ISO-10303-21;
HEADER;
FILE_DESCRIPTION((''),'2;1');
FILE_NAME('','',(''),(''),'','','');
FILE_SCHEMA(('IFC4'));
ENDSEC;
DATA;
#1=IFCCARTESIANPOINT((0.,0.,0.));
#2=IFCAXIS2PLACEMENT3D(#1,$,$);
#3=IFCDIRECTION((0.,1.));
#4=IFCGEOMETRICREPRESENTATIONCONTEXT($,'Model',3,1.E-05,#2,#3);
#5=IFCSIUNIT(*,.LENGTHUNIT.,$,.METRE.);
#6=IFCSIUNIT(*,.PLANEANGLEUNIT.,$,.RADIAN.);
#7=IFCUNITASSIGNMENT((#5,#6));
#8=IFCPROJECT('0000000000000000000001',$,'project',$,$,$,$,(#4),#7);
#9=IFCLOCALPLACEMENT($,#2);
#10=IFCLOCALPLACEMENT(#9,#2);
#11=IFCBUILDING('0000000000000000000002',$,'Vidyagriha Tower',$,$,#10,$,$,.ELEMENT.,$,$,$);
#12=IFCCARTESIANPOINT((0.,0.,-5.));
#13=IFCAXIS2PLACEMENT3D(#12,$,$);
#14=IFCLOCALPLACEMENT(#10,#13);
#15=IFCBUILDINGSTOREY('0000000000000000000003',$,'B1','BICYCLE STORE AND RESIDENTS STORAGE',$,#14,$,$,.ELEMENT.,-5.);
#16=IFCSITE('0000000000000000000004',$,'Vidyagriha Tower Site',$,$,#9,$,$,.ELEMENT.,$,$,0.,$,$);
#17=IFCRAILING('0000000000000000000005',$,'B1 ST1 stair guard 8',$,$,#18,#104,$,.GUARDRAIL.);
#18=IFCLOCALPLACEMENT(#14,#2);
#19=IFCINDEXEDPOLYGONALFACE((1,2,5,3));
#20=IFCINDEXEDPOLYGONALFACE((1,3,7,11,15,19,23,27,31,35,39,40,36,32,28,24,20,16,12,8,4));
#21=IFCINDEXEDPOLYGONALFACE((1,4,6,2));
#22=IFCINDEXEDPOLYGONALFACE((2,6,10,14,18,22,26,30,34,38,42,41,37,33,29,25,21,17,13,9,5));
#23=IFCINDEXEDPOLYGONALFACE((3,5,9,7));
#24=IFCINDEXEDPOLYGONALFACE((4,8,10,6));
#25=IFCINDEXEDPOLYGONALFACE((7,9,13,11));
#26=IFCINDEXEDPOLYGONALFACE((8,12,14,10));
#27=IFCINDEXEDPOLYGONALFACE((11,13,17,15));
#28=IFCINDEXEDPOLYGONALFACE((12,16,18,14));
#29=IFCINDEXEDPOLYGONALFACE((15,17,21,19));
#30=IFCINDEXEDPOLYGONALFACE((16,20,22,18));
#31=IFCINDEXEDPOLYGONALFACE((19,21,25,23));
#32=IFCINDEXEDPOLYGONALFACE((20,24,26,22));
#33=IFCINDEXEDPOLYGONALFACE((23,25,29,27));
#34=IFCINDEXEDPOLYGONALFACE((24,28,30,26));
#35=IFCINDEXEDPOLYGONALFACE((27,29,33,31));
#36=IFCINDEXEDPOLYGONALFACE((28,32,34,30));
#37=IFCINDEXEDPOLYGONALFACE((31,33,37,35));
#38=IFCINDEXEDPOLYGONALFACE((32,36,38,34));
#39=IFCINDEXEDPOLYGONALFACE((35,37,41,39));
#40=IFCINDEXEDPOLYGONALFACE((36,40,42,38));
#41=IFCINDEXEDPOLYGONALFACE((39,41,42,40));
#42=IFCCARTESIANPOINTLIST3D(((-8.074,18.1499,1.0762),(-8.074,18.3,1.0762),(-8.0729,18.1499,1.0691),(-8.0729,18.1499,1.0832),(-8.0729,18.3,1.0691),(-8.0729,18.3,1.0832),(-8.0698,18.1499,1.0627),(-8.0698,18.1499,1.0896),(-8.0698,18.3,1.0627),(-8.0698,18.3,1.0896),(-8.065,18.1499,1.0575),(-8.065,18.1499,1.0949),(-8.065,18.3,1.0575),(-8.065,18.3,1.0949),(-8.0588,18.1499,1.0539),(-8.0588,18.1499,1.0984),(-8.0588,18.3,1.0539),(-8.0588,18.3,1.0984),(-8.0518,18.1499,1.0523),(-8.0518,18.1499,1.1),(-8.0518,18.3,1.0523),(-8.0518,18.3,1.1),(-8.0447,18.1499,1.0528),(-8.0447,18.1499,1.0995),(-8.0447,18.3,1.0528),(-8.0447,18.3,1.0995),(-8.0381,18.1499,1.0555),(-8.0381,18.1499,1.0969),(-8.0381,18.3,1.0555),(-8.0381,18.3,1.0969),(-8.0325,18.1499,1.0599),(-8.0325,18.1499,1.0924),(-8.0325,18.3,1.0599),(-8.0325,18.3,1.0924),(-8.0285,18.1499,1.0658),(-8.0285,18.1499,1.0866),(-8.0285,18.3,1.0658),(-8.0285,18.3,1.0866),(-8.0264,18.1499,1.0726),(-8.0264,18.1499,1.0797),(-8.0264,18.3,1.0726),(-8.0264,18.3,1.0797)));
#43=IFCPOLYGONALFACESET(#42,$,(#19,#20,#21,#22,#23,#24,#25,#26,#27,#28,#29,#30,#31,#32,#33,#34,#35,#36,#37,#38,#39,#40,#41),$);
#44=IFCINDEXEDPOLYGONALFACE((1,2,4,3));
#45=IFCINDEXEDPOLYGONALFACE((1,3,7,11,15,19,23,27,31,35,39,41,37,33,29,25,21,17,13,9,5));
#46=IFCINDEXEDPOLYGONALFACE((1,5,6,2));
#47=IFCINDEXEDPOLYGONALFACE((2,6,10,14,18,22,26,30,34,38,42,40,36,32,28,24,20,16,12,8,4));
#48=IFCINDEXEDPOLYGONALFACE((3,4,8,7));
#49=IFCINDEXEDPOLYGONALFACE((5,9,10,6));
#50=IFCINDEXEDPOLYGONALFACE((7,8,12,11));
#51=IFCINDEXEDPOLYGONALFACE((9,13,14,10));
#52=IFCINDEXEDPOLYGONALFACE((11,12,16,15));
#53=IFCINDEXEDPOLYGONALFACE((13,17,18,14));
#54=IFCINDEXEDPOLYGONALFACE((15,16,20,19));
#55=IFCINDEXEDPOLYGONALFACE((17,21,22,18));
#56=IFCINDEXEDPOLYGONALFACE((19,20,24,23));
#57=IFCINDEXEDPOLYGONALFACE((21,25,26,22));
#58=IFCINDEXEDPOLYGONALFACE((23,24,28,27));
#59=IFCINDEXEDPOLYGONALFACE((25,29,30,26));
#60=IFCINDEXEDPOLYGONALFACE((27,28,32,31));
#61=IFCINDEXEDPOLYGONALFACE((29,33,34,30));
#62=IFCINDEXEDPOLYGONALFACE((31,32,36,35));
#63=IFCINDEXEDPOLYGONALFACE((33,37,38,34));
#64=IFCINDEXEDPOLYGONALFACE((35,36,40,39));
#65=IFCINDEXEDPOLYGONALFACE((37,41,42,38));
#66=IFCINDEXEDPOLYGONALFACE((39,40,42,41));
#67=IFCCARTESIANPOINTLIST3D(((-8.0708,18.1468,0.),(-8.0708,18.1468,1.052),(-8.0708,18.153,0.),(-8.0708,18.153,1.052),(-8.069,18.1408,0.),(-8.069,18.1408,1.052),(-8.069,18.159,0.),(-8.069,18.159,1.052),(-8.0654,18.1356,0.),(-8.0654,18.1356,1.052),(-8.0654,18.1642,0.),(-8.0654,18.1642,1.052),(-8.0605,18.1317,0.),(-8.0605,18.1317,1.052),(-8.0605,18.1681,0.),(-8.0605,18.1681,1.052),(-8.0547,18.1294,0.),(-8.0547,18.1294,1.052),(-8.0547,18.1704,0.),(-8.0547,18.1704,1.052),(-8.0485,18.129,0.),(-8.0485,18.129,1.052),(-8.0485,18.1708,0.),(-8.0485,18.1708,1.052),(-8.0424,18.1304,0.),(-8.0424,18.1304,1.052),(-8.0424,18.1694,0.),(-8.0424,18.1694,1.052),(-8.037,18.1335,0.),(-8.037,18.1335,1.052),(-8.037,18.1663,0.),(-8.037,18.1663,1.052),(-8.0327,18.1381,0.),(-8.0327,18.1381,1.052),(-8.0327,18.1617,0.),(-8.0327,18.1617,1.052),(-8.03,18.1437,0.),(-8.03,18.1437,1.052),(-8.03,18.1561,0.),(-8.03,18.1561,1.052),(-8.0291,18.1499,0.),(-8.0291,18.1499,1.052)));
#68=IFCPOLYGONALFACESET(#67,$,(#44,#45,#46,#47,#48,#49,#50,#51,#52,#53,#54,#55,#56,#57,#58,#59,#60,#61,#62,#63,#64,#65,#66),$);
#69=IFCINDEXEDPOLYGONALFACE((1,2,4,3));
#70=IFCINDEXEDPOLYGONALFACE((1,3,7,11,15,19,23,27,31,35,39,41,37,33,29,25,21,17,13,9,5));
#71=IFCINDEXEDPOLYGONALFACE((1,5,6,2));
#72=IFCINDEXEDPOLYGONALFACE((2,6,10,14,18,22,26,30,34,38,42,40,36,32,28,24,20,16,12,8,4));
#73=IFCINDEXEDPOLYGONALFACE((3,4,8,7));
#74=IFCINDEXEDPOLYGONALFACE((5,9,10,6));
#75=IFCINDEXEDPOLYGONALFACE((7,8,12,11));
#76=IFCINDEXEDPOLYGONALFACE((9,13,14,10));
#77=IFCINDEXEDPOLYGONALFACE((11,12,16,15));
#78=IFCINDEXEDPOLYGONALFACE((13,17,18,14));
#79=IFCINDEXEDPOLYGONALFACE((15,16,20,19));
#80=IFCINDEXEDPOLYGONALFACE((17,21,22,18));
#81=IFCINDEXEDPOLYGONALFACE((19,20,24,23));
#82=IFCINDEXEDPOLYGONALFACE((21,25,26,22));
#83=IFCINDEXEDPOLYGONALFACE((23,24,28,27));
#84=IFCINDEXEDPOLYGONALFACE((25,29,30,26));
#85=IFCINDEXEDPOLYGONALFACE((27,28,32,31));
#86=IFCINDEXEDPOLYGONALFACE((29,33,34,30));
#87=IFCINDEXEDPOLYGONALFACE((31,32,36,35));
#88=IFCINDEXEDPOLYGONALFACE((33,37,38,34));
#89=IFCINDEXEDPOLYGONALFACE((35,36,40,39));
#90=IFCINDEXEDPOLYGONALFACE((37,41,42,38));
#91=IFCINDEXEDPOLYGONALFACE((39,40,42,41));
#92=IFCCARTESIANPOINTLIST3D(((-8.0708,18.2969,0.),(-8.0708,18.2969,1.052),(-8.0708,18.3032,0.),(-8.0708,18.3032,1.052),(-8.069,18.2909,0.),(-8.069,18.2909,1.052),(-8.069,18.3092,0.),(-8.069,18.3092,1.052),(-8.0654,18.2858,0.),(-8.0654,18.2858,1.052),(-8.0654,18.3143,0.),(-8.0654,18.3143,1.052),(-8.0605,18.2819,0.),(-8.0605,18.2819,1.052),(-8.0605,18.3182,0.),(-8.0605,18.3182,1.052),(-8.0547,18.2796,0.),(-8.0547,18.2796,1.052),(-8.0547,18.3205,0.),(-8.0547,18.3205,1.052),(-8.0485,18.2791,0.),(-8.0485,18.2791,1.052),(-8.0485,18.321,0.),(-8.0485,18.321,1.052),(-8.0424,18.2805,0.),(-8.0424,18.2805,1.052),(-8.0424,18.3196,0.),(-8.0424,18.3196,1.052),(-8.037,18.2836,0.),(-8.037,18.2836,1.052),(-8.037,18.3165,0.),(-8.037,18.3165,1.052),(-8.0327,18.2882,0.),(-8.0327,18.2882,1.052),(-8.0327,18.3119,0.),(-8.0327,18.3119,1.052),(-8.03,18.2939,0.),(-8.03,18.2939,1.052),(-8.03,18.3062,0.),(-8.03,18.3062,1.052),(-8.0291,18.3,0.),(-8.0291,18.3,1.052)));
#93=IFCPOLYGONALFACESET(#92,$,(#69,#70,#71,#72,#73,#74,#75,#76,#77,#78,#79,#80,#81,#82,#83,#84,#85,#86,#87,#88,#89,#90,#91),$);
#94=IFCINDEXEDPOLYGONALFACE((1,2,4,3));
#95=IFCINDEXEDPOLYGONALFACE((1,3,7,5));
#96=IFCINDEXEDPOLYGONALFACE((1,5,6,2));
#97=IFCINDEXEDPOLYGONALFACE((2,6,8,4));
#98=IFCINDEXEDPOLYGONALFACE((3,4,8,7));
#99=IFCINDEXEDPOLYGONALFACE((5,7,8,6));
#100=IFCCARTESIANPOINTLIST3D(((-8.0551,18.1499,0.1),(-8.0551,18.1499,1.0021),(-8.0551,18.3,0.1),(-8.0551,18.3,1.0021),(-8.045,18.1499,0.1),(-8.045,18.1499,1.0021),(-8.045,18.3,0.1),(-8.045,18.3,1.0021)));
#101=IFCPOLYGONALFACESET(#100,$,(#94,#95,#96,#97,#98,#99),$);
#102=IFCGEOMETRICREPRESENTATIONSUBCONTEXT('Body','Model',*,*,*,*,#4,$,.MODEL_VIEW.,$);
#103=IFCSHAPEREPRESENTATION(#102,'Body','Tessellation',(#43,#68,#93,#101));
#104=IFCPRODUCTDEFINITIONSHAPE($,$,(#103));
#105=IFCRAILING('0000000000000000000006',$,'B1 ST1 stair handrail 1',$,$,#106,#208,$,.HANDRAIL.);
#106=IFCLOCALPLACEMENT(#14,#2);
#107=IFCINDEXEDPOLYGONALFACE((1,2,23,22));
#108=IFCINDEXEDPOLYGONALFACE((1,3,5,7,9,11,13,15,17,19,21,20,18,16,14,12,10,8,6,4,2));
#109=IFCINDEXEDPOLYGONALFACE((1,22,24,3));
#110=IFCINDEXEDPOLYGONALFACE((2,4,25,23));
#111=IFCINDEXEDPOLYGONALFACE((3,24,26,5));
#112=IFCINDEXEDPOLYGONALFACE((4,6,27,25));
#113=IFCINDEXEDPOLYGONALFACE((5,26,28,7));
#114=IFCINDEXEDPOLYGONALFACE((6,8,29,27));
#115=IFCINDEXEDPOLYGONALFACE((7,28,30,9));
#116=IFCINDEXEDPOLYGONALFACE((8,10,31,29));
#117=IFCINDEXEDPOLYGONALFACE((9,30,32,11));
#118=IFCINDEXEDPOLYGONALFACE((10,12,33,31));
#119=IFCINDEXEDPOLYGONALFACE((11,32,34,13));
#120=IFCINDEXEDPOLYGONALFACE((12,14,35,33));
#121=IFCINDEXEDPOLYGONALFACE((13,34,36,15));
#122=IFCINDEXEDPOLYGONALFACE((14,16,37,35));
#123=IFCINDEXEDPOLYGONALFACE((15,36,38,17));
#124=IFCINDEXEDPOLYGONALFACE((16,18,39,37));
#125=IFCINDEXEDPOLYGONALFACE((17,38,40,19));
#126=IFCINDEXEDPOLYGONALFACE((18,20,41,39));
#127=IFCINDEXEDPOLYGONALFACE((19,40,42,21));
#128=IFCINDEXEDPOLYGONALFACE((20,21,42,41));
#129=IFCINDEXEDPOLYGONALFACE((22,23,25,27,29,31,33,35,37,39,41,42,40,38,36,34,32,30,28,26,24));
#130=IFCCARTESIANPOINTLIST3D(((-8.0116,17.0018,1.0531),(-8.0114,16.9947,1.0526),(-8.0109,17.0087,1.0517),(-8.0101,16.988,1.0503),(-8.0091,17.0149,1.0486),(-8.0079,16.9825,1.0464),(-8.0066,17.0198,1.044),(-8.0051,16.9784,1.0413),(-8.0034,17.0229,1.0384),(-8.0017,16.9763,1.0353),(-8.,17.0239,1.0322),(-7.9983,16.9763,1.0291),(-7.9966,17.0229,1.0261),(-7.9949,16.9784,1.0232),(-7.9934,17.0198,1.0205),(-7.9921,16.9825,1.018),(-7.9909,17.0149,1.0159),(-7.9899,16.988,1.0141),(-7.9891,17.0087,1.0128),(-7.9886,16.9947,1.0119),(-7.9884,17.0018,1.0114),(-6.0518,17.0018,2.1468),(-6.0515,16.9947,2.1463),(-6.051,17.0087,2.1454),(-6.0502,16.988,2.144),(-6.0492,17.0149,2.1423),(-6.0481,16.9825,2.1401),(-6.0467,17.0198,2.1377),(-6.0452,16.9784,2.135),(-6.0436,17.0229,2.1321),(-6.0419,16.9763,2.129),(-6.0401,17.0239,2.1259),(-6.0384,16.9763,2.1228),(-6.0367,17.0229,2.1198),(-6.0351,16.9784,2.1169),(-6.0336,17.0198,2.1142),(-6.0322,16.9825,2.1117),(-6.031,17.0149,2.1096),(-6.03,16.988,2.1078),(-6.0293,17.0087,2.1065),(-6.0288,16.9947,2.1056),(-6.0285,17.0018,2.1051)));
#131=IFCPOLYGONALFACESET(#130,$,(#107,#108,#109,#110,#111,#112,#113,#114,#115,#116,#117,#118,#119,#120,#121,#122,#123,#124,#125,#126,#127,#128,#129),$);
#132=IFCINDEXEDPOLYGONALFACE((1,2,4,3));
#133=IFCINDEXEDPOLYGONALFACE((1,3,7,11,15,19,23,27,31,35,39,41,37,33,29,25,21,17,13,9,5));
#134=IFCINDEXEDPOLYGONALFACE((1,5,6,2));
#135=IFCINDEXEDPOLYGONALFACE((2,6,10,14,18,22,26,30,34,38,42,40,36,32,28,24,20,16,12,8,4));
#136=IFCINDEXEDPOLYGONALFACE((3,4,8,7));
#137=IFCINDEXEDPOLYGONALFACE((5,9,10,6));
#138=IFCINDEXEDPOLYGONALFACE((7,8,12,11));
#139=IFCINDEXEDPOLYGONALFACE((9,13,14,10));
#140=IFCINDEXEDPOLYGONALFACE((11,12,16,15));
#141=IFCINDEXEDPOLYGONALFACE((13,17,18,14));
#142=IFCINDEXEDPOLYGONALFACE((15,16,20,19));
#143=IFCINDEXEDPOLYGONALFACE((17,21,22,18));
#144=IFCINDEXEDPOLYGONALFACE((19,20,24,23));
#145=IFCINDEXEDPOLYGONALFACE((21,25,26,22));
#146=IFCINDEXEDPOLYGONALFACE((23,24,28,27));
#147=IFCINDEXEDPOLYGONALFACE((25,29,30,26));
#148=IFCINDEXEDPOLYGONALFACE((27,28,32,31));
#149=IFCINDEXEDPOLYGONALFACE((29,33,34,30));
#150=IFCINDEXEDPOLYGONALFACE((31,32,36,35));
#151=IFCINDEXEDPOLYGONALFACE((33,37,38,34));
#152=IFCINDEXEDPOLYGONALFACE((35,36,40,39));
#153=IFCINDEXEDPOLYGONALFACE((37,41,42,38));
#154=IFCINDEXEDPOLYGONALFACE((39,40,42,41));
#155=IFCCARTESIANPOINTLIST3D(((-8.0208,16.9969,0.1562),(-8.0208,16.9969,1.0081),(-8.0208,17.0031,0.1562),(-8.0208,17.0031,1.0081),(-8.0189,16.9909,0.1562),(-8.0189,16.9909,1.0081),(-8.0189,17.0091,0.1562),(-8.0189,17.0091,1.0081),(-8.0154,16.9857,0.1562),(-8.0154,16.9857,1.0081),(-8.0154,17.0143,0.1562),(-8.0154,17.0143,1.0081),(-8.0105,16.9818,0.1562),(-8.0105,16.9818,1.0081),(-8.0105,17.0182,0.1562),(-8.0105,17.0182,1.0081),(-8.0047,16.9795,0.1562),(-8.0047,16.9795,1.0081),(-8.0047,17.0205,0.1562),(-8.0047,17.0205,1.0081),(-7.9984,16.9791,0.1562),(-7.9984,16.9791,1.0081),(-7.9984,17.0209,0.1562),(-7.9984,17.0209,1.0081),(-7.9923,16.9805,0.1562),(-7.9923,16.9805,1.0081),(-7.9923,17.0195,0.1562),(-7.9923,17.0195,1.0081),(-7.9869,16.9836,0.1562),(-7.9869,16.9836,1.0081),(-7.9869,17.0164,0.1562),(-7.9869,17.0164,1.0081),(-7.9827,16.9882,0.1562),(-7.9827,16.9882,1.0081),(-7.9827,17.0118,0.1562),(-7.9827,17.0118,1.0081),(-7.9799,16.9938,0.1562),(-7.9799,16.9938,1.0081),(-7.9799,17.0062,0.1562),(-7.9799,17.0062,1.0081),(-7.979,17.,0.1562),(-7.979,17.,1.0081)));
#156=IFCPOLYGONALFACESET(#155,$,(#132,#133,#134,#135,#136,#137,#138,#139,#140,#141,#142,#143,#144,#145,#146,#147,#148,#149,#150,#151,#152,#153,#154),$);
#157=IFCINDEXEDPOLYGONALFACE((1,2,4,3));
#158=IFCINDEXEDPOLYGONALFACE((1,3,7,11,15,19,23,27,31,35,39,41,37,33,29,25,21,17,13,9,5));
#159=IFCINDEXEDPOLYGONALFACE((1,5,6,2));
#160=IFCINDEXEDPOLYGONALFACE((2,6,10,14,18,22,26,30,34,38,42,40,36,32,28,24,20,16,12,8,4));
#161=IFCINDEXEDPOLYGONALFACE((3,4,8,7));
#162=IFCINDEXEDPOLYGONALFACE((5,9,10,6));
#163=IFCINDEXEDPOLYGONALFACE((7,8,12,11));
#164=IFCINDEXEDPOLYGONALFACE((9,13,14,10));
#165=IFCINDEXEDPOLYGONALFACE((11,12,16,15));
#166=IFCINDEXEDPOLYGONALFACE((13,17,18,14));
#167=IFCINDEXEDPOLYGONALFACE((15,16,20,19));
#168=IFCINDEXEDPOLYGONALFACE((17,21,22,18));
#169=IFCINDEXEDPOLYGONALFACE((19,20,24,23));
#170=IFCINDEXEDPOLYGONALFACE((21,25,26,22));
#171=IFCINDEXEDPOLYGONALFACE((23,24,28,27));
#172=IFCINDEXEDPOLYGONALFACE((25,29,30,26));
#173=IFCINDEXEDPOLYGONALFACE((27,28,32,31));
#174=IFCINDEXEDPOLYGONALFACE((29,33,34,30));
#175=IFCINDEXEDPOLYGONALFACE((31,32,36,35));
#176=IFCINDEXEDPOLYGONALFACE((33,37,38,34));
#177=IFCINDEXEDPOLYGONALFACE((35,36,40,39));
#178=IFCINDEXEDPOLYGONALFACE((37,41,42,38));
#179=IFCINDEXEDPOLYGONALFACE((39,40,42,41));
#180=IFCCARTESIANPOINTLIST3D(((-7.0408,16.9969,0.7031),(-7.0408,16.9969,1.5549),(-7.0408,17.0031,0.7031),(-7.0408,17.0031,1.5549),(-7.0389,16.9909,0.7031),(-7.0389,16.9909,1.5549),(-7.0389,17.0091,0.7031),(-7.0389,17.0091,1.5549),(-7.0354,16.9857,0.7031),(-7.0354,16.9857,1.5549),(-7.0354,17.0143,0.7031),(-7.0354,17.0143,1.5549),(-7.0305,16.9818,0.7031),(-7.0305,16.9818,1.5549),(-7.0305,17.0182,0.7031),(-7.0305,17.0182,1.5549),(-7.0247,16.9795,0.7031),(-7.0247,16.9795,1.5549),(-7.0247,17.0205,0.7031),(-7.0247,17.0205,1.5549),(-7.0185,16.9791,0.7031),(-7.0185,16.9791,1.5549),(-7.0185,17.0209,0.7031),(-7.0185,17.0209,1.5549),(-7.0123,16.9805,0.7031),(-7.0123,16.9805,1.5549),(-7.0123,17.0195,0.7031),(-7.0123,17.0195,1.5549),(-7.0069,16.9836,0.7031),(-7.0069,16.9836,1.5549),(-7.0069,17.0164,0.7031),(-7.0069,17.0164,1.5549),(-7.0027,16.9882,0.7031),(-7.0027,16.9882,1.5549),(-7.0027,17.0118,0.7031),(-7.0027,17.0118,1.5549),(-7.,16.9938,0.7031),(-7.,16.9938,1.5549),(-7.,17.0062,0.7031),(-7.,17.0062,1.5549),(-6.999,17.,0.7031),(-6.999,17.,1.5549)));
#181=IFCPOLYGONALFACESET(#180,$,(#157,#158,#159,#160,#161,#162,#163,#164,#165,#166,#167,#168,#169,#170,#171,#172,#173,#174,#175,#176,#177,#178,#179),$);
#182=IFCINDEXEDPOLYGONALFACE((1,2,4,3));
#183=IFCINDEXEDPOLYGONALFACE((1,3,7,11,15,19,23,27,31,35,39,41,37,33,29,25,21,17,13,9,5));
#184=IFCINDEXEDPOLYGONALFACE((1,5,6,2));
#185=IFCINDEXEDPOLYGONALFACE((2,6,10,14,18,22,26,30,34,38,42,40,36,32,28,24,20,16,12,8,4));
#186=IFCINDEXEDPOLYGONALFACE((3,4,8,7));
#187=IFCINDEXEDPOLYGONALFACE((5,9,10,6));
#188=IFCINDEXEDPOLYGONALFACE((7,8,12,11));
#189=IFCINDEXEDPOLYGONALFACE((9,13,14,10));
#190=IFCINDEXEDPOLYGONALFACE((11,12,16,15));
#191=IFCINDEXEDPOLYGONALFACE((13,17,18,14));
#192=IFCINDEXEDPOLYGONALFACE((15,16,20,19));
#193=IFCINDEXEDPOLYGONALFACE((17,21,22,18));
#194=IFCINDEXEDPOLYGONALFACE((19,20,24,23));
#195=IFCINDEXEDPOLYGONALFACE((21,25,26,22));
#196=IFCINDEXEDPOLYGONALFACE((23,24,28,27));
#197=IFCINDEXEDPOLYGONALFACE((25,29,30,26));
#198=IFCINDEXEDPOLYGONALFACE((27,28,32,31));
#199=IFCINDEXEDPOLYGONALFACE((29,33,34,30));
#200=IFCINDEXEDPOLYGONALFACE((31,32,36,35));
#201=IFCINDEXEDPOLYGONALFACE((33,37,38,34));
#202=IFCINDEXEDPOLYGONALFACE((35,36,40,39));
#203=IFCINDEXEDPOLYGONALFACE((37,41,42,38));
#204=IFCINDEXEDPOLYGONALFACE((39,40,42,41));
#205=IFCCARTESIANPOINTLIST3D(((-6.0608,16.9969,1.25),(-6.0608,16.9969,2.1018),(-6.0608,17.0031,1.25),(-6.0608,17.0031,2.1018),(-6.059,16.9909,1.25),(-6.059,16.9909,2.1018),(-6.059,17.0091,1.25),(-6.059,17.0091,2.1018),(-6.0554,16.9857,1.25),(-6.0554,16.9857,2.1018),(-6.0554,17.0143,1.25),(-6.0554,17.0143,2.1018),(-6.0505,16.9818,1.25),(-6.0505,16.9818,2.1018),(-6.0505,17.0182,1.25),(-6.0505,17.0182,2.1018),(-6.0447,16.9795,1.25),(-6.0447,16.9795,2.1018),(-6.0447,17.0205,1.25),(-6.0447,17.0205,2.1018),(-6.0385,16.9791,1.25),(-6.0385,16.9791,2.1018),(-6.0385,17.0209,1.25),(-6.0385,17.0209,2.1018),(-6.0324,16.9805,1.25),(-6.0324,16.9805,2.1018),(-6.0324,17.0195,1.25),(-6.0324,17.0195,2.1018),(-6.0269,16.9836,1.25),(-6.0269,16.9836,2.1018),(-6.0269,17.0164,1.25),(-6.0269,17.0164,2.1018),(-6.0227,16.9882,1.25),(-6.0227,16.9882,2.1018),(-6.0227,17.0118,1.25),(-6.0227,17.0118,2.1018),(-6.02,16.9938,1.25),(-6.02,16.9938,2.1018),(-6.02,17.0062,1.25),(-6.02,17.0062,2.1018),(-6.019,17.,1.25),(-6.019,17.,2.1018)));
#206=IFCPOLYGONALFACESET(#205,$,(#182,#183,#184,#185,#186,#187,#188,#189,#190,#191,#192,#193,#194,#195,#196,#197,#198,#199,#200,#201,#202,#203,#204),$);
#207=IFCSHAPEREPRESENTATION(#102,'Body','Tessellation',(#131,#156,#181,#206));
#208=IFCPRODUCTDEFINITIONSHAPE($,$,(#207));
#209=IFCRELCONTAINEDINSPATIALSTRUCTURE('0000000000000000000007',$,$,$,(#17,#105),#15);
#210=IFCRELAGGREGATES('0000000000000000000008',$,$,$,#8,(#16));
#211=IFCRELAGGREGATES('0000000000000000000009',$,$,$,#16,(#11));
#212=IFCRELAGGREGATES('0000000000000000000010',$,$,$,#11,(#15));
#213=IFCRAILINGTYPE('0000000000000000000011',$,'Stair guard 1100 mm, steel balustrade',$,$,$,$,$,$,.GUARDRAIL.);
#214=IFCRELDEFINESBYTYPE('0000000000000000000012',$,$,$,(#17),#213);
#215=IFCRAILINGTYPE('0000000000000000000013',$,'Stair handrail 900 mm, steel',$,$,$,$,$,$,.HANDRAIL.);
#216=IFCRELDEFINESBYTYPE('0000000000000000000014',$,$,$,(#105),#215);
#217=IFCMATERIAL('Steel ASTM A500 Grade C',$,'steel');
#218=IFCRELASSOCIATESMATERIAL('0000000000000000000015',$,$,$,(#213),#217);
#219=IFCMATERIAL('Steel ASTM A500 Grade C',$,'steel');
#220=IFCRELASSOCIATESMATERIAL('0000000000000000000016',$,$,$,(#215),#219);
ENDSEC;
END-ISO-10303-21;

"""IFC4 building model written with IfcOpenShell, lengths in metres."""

from ifc_helpers import new_model, si_unit, direction, frame, origin, origin_2d, place, context, subcontext, project, spatial, rectangle, circle, extrude, material, type_object, element, save


model = new_model("IFC4")

# Units and contexts
model_context = context("Model", 3, precision=1e-05, world=origin(), true_north=direction((0.0, 1.0)))
body_context = subcontext(model_context, "Body", "Model", "MODEL_VIEW")
ifc_project = project(units=[si_unit("LENGTHUNIT", "METRE"), si_unit("PLANEANGLEUNIT", "RADIAN")], contexts=[model_context])

# Site, building, storey
site_placement = place(None, origin())
site = spatial("IfcSite", under=ifc_project, at=site_placement, Name="Vidyagriha Tower Site", CompositionType="ELEMENT", RefElevation=0.0)
building_placement = place(site_placement, origin())
building = spatial("IfcBuilding", under=site, at=building_placement, Name="Vidyagriha Tower", CompositionType="ELEMENT")
storey_placement = place(building_placement, frame((0.0, 0.0, -5.0)))
storey = spatial("IfcBuildingStorey", under=building, at=storey_placement, Name="B1", Description="BICYCLE STORE AND RESIDENTS STORAGE", CompositionType="ELEMENT", Elevation=-5.0)

# Railings
ifc_material_1 = material(Name="Steel ASTM A500 Grade C", Category="steel")
railing_type_1 = type_object("IfcRailingType", Name="Stair guard 1100 mm, steel balustrade", PredefinedType="GUARDRAIL", material=ifc_material_1)
for number, where, name in (
    (1, (-8.05, 18.1499, 0.0), "B1 ST1 stair guard 8"),
):
    element("IfcRailing", number, at=place(storey_placement, frame(where)), inside=storey, type_object=railing_type_1, Name=name, PredefinedType="GUARDRAIL", context=body_context, shape_type="SweptSolid", body=[
        extrude(circle(Radius=0.0239, at=origin_2d()), frame((0.0, 0.0, 1.0762), z_axis=(0.0, 1.0, 0.0), x_axis=(-1.0, 0.0, 0.0)), (0.0, 0.0, 1.0), 0.1501),
        extrude(circle(Radius=0.021, at=origin_2d()), origin(), (0.0, 0.0, 1.0), 1.052),
        extrude(circle(Radius=0.021, at=origin_2d()), frame((0.0, 0.1501, 0.0)), (0.0, 0.0, 1.0), 1.052),
        extrude(rectangle(XDim=0.01, YDim=0.9021, at=origin_2d()), frame((0.0, 0.0, 0.551), z_axis=(0.0, 1.0, 0.0), x_axis=(-1.0, 0.0, 0.0)), (0.0, 0.0, 1.0), 0.1501),
    ])
ifc_material_2 = material(Name="Steel ASTM A500 Grade C", Category="steel")
railing_type_2 = type_object("IfcRailingType", Name="Stair handrail 900 mm, steel", PredefinedType="HANDRAIL", material=ifc_material_2)
for number, where, name in (
    (2, (-8.0, 17.0, 0.1562), "B1 ST1 stair handrail 1"),
):
    element("IfcRailing", number, at=place(storey_placement, frame(where)), inside=storey, type_object=railing_type_2, Name=name, PredefinedType="HANDRAIL", context=body_context, shape_type="SweptSolid", body=[
        extrude(circle(Radius=0.0239, at=origin_2d()), frame((0.0, 0.0, 0.876), z_axis=(0.873232, 0.0, 0.487304), x_axis=(0.0, 1.0, 0.0)), (0.0, 0.0, 1.0), 2.2444),
        extrude(circle(Radius=0.021, at=origin_2d()), origin(), (0.0, 0.0, 1.0), 0.8518),
        extrude(circle(Radius=0.021, at=origin_2d()), frame((0.98, 0.0, 0.5469)), (0.0, 0.0, 1.0), 0.8518),
        extrude(circle(Radius=0.021, at=origin_2d()), frame((1.96, 0.0, 1.0938)), (0.0, 0.0, 1.0), 0.8518),
    ])

save(model, "model.ifc")
